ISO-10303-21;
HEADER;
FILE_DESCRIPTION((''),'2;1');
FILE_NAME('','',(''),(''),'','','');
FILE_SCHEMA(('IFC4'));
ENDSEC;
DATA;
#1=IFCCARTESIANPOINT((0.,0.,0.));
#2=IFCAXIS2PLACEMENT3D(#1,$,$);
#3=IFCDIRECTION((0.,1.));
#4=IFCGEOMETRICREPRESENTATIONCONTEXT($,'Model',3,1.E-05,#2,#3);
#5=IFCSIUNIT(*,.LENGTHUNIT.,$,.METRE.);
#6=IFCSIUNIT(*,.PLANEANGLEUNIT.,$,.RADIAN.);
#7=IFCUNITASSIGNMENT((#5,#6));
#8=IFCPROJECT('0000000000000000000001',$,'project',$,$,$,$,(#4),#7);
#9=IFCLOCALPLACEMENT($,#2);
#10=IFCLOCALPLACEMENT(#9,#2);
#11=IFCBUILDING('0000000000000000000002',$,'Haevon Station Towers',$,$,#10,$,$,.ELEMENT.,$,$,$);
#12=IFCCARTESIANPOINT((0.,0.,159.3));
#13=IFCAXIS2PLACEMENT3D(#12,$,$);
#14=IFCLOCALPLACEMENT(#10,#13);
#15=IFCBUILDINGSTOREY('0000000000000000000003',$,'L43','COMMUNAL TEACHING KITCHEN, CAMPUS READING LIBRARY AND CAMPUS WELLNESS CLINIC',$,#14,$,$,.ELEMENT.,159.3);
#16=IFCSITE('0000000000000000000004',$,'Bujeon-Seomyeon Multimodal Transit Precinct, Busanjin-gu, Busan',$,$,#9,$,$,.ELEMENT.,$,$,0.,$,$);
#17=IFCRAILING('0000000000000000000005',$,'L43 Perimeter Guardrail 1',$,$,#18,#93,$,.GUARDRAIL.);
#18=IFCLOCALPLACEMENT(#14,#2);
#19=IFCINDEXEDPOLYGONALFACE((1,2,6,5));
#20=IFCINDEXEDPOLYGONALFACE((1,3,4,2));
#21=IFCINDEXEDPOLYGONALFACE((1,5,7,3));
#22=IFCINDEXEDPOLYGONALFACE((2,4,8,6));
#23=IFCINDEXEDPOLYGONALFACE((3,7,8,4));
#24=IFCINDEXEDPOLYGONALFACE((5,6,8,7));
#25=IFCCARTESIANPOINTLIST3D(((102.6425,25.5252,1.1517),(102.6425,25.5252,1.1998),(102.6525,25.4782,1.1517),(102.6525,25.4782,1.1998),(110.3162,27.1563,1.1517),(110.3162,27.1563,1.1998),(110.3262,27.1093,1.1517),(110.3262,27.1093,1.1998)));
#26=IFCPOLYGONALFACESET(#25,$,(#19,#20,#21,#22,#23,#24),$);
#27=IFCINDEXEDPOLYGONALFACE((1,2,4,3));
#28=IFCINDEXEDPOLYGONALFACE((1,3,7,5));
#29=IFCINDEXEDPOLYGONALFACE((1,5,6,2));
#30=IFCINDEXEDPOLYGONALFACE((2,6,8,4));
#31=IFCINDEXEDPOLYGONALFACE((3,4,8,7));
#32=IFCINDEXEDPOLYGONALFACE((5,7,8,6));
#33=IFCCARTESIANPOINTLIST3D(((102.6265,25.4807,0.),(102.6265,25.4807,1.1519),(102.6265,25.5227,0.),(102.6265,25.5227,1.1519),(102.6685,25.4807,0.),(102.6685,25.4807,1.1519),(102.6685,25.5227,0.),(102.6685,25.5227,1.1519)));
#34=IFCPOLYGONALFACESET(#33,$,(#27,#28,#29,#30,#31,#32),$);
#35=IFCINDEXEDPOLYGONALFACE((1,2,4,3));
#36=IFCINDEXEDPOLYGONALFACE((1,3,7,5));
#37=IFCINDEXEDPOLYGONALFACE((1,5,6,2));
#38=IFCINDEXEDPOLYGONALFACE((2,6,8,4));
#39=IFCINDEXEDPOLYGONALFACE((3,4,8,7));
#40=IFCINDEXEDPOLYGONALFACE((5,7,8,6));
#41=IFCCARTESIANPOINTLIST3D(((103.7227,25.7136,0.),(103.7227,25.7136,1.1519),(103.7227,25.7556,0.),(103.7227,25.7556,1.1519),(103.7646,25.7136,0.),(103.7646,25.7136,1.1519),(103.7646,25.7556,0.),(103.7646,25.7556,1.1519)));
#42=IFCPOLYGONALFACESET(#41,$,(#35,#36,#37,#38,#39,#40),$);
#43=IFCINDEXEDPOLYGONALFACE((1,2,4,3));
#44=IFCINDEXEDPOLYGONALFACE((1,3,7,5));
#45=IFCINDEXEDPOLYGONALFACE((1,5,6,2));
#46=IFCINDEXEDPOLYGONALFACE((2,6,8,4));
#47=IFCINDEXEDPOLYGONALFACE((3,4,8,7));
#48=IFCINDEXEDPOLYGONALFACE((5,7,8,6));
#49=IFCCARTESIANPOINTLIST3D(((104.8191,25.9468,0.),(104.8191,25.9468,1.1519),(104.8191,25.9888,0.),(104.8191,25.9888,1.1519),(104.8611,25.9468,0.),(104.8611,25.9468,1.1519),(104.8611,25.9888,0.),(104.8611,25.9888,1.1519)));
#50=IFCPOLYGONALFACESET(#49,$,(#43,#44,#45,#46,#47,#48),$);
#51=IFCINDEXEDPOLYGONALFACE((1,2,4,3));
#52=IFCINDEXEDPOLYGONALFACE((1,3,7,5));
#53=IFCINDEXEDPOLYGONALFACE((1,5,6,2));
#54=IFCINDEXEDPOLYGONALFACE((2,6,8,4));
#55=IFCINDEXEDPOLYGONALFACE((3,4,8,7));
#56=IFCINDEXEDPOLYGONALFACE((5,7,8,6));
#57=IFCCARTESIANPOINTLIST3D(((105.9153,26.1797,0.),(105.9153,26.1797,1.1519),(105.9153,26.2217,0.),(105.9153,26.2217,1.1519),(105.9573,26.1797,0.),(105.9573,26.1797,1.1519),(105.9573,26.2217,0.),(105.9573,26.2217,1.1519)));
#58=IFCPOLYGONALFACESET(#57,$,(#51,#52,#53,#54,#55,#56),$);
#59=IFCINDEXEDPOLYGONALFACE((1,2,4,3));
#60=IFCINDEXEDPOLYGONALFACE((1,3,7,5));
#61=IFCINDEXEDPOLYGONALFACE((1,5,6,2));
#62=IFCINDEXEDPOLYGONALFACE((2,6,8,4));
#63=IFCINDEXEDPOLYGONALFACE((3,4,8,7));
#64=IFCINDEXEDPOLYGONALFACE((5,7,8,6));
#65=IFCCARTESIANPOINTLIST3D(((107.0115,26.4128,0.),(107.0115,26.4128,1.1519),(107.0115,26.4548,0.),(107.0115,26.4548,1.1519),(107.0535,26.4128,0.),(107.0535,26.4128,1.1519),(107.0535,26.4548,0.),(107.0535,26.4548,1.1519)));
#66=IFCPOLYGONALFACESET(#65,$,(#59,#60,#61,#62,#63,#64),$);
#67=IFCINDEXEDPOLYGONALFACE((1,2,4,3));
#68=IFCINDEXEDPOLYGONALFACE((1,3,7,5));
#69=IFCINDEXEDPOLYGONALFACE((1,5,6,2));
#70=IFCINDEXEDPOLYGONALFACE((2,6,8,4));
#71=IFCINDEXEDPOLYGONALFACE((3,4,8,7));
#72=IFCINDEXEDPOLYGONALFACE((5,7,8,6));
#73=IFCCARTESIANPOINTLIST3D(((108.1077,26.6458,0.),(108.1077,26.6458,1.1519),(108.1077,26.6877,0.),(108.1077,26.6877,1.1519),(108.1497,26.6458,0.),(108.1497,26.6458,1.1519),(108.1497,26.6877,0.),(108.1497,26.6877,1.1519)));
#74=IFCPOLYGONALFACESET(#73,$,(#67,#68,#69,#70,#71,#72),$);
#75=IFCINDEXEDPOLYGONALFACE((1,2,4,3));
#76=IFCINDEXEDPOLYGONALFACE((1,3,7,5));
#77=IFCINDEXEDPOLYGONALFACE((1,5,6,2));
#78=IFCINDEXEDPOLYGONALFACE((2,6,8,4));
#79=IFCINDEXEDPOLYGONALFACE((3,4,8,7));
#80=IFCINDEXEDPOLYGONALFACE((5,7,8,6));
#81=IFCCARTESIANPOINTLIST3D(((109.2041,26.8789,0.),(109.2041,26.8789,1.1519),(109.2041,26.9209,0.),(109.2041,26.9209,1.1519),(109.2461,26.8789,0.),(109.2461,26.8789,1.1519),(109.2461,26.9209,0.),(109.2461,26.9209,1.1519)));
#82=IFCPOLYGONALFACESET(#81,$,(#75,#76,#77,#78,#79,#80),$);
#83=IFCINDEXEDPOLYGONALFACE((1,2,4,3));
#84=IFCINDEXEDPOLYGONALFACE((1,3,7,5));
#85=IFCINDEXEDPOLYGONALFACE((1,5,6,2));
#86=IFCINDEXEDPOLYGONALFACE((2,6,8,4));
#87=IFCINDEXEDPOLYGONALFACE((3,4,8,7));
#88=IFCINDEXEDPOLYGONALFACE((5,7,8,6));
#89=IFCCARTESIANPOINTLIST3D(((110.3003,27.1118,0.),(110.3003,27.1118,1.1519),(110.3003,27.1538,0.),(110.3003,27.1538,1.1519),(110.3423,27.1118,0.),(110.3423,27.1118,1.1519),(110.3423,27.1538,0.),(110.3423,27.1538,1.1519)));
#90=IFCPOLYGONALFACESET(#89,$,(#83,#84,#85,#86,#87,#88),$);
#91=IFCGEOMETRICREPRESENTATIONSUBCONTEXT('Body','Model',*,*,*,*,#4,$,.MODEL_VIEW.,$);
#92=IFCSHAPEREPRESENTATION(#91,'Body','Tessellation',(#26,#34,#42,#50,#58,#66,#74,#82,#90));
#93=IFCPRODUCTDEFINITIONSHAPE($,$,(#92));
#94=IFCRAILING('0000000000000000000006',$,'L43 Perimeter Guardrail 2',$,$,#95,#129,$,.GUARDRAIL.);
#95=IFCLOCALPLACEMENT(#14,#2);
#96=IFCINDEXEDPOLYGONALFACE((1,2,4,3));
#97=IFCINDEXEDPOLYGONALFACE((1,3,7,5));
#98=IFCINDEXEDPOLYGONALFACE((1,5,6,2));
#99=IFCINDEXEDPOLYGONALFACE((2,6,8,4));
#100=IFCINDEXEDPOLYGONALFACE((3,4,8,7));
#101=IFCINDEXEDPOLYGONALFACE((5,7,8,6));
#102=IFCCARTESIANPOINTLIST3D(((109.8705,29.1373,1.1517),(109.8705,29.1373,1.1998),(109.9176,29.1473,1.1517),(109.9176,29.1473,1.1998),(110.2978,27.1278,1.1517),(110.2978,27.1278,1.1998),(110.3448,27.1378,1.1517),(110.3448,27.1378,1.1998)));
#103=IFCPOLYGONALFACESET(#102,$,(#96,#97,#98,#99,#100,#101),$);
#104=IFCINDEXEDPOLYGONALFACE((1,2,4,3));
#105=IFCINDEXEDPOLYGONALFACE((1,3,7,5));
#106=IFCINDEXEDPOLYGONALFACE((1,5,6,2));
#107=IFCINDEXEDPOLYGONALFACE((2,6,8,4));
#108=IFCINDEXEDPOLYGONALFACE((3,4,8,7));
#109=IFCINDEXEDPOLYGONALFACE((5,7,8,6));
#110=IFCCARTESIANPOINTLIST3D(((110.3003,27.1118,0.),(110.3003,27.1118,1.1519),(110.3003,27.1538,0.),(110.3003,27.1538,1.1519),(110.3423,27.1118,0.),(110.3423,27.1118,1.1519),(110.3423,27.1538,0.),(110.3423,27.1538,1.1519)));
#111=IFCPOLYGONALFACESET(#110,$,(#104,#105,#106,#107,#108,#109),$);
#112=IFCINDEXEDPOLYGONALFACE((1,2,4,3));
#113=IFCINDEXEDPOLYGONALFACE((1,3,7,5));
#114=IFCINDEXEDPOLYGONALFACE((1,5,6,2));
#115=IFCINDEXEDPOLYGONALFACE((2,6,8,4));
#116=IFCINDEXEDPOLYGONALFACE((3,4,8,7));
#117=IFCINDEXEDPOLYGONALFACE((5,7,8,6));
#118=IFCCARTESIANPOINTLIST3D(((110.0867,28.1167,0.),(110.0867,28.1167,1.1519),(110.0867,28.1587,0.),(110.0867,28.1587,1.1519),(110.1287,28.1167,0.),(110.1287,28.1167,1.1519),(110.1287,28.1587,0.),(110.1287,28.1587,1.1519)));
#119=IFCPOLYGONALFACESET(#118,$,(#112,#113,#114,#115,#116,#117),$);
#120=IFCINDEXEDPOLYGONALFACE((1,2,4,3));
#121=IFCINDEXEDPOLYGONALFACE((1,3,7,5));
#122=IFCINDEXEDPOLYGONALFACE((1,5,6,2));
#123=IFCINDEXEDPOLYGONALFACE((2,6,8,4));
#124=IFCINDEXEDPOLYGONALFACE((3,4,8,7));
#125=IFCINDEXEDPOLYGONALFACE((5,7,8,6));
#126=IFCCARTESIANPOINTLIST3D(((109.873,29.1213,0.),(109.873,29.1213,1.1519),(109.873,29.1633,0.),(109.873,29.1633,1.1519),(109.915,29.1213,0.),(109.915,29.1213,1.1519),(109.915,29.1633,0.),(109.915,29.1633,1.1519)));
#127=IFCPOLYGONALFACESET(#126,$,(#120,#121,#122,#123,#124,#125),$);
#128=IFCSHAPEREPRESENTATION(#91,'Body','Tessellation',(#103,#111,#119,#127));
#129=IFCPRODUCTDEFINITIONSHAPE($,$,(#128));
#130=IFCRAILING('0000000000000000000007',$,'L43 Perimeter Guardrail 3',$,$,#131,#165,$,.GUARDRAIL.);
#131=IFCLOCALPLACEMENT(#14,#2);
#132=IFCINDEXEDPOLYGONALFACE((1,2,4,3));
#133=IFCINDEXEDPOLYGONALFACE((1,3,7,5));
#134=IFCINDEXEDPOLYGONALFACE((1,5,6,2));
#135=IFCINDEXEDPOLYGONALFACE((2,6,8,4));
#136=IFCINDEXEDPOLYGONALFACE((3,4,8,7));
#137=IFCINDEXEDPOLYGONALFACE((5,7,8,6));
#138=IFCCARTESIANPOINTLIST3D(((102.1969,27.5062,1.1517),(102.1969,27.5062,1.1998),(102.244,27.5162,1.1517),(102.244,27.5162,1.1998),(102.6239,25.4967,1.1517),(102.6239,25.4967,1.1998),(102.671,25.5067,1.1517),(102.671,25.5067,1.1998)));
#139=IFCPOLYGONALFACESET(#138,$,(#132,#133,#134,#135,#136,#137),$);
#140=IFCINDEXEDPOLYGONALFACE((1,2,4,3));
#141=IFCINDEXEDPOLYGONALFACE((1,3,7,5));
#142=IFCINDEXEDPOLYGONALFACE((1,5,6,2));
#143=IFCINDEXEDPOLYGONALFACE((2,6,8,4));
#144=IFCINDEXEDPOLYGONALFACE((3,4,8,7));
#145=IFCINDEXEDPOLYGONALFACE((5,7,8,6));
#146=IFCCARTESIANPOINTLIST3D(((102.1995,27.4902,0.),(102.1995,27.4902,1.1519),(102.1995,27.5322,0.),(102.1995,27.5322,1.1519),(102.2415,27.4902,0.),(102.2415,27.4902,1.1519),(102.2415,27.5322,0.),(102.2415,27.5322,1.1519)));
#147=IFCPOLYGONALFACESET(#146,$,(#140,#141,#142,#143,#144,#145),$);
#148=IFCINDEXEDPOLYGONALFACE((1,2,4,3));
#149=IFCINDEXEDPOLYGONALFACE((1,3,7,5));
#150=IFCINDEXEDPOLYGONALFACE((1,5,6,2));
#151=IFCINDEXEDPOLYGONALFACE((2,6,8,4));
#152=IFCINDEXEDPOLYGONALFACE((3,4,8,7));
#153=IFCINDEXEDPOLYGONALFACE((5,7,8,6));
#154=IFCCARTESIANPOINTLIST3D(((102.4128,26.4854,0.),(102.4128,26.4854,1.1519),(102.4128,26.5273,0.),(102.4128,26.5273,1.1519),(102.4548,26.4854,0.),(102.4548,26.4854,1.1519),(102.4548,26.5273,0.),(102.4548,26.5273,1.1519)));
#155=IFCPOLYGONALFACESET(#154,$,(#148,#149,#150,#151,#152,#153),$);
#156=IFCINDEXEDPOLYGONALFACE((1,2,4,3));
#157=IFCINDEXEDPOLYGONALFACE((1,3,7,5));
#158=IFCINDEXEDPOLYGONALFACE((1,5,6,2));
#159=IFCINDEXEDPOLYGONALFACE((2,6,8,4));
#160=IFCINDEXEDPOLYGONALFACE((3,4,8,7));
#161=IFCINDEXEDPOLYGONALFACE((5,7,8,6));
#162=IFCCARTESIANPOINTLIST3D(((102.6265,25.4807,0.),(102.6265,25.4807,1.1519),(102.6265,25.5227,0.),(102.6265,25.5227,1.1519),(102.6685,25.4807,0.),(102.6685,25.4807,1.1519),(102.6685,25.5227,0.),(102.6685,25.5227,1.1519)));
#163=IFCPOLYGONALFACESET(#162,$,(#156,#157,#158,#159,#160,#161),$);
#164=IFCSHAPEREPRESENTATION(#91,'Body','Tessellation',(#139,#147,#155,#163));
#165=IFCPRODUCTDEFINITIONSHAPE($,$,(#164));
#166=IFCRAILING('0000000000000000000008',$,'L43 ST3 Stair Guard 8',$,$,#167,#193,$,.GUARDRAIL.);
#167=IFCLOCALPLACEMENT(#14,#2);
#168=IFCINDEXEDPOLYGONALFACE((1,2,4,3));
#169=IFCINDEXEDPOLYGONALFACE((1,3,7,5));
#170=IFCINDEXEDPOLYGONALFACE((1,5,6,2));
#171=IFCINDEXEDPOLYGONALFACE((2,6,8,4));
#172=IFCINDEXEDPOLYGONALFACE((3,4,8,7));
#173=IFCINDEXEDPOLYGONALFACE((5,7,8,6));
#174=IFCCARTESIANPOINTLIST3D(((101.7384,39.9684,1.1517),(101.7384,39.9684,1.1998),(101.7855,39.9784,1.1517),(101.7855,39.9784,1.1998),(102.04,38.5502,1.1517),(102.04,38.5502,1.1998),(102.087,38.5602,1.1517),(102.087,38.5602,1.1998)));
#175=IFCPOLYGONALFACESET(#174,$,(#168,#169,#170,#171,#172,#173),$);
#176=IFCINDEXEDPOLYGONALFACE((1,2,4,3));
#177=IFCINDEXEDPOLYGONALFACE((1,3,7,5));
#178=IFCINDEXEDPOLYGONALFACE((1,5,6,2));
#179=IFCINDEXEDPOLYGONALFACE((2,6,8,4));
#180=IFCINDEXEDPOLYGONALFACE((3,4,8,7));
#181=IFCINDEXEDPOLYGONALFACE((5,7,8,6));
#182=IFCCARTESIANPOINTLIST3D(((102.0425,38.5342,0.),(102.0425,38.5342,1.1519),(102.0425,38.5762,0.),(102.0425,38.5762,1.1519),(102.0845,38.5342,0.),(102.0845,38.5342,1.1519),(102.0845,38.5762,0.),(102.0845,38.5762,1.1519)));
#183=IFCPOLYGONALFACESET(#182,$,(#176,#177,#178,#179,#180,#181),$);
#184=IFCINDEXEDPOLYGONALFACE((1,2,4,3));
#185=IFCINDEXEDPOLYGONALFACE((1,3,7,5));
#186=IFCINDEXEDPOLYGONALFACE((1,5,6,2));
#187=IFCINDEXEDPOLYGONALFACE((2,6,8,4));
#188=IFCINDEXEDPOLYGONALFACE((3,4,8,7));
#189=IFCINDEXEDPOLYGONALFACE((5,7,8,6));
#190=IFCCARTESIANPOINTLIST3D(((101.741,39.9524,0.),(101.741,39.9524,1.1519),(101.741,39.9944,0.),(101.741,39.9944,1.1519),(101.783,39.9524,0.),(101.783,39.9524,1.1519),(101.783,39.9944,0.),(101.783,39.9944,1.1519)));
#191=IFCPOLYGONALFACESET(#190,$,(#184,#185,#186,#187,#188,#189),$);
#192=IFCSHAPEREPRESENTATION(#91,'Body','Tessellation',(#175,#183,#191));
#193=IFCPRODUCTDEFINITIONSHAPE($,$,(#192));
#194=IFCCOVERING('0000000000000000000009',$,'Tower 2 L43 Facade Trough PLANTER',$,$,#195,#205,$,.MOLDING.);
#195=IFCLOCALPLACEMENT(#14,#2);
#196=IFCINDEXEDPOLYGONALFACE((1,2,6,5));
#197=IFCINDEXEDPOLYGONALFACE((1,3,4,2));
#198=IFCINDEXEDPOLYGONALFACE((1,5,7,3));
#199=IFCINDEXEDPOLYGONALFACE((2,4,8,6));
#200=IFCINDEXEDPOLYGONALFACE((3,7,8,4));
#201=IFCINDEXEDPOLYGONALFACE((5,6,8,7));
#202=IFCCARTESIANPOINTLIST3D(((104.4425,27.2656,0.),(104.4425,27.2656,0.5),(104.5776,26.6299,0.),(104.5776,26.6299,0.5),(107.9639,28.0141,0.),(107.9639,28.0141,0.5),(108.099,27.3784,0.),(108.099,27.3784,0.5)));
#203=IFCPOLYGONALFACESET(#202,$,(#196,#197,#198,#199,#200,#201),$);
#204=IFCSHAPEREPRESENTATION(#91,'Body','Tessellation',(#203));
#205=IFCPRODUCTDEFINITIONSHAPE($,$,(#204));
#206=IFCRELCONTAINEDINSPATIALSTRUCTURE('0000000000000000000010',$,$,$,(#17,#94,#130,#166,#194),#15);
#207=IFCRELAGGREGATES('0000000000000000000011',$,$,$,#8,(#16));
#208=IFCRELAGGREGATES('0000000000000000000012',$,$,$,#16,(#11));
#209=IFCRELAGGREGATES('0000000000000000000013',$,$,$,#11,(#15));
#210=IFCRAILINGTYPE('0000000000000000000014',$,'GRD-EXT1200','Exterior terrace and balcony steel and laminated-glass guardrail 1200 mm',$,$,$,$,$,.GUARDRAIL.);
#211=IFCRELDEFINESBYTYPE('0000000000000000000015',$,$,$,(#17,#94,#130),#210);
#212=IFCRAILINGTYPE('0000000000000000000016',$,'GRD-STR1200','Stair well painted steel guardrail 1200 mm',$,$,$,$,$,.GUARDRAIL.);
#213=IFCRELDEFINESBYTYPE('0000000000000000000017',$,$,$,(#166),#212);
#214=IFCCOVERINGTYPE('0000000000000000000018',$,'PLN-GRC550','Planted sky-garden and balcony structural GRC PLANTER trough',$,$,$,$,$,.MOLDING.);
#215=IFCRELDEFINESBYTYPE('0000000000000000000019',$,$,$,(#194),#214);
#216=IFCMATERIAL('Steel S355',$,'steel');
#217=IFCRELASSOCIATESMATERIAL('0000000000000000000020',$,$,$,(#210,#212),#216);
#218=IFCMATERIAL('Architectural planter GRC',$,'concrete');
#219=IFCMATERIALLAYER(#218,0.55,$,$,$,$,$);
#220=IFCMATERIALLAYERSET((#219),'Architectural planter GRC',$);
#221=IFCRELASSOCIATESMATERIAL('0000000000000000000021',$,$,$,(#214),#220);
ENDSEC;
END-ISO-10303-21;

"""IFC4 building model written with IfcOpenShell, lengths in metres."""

from ifc_helpers import new_model, si_unit, direction, frame, origin, origin_2d, place, context, subcontext, project, spatial, rectangle, extrude, material, layer, layer_set, type_object, element, save


model = new_model("IFC4")

# Units and contexts
model_context = context("Model", 3, precision=1e-05, world=origin(), true_north=direction((0.0, 1.0)))
body_context = subcontext(model_context, "Body", "Model", "MODEL_VIEW")
ifc_project = project(units=[si_unit("LENGTHUNIT", "METRE"), si_unit("PLANEANGLEUNIT", "RADIAN")], contexts=[model_context])

# Site, building, storey
site_placement = place(None, origin())
site = spatial("IfcSite", under=ifc_project, at=site_placement, Name="Bujeon-Seomyeon Multimodal Transit Precinct, Busanjin-gu, Busan", CompositionType="ELEMENT", RefElevation=0.0)
building_placement = place(site_placement, origin())
building = spatial("IfcBuilding", under=site, at=building_placement, Name="Haevon Station Towers", CompositionType="ELEMENT")
storey_placement = place(building_placement, frame((0.0, 0.0, 159.3)))
storey = spatial("IfcBuildingStorey", under=building, at=storey_placement, Name="L43", Description="COMMUNAL TEACHING KITCHEN, CAMPUS READING LIBRARY AND CAMPUS WELLNESS CLINIC", CompositionType="ELEMENT", Elevation=159.3)

# Shared definitions
ifc_material_1 = material(Name="Steel S355", Category="steel")

# Railings
railing_type_1 = type_object("IfcRailingType", Name="GRD-EXT1200", Description="Exterior terrace and balcony steel and laminated-glass guardrail 1200 mm", PredefinedType="GUARDRAIL", material=ifc_material_1)
railing_1_placement = place(storey_placement, frame((102.6475, 25.5017, 0.0)))
element("IfcRailing", 1, at=railing_1_placement, inside=storey, type_object=railing_type_1, Name="L43 Perimeter Guardrail 1", PredefinedType="GUARDRAIL", context=body_context, shape_type="SweptSolid", body=[
    extrude(rectangle(XDim=0.0481, YDim=0.0481, at=origin_2d()), frame((0.0, 0.0, 1.1758), z_axis=(0.978148, 0.207909, 0.0), x_axis=(-0.207909, 0.978148, 0.0)), (0.0, 0.0, 1.0), 7.8452),
    extrude(rectangle(XDim=0.042, YDim=0.042, at=origin_2d()), origin(), (0.0, 0.0, 1.0), 1.1519),
    extrude(rectangle(XDim=0.042, YDim=0.042, at=origin_2d()), frame((1.0962, 0.2329, 0.0)), (0.0, 0.0, 1.0), 1.1519),
    extrude(rectangle(XDim=0.042, YDim=0.042, at=origin_2d()), frame((2.1926, 0.4661, 0.0)), (0.0, 0.0, 1.0), 1.1519),
    extrude(rectangle(XDim=0.042, YDim=0.042, at=origin_2d()), frame((3.2888, 0.699, 0.0)), (0.0, 0.0, 1.0), 1.1519),
    extrude(rectangle(XDim=0.042, YDim=0.042, at=origin_2d()), frame((4.385, 0.9321, 0.0)), (0.0, 0.0, 1.0), 1.1519),
    extrude(rectangle(XDim=0.042, YDim=0.042, at=origin_2d()), frame((5.4812, 1.165, 0.0)), (0.0, 0.0, 1.0), 1.1519),
    extrude(rectangle(XDim=0.042, YDim=0.042, at=origin_2d()), frame((6.5776, 1.3982, 0.0)), (0.0, 0.0, 1.0), 1.1519),
    extrude(rectangle(XDim=0.042, YDim=0.042, at=origin_2d()), frame((7.6738, 1.6311, 0.0)), (0.0, 0.0, 1.0), 1.1519),
])
railing_2_placement = place(storey_placement, frame((110.3213, 27.1328, 0.0)))
element("IfcRailing", 2, at=railing_2_placement, inside=storey, type_object=railing_type_1, Name="L43 Perimeter Guardrail 2", PredefinedType="GUARDRAIL", context=body_context, shape_type="SweptSolid", body=[
    extrude(rectangle(XDim=0.0481, YDim=0.0481, at=origin_2d()), frame((0.0, 0.0, 1.1758), z_axis=(-0.207963, 0.978137, 0.0), x_axis=(-0.978137, -0.207963, 0.0)), (0.0, 0.0, 1.0), 2.0544),
    extrude(rectangle(XDim=0.042, YDim=0.042, at=origin_2d()), origin(), (0.0, 0.0, 1.0), 1.1519),
    extrude(rectangle(XDim=0.042, YDim=0.042, at=origin_2d()), frame((-0.2136, 1.0049, 0.0)), (0.0, 0.0, 1.0), 1.1519),
    extrude(rectangle(XDim=0.042, YDim=0.042, at=origin_2d()), frame((-0.4272, 2.0095, 0.0)), (0.0, 0.0, 1.0), 1.1519),
])
railing_3_placement = place(storey_placement, frame((102.2205, 27.5112, 0.0)))
element("IfcRailing", 3, at=railing_3_placement, inside=storey, type_object=railing_type_1, Name="L43 Perimeter Guardrail 3", PredefinedType="GUARDRAIL", context=body_context, shape_type="SweptSolid", body=[
    extrude(rectangle(XDim=0.0481, YDim=0.0481, at=origin_2d()), frame((0.0, 0.0, 1.1758), z_axis=(0.207849, -0.978161, 0.0), x_axis=(0.978161, 0.207849, 0.0)), (0.0, 0.0, 1.0), 2.0544),
    extrude(rectangle(XDim=0.042, YDim=0.042, at=origin_2d()), origin(), (0.0, 0.0, 1.0), 1.1519),
    extrude(rectangle(XDim=0.042, YDim=0.042, at=origin_2d()), frame((0.2134, -1.0049, 0.0)), (0.0, 0.0, 1.0), 1.1519),
    extrude(rectangle(XDim=0.042, YDim=0.042, at=origin_2d()), frame((0.427, -2.0095, 0.0)), (0.0, 0.0, 1.0), 1.1519),
])
railing_type_2 = type_object("IfcRailingType", Name="GRD-STR1200", Description="Stair well painted steel guardrail 1200 mm", PredefinedType="GUARDRAIL", material=ifc_material_1)
railing_4_placement = place(storey_placement, frame((102.0635, 38.5552, 0.0)))
element("IfcRailing", 4, at=railing_4_placement, inside=storey, type_object=railing_type_2, Name="L43 ST3 Stair Guard 8", PredefinedType="GUARDRAIL", context=body_context, shape_type="SweptSolid", body=[
    extrude(rectangle(XDim=0.0481, YDim=0.0481, at=origin_2d()), frame((0.0, 0.0, 1.1758), z_axis=(-0.207953, 0.978139, 0.0), x_axis=(-0.978139, -0.207953, 0.0)), (0.0, 0.0, 1.0), 1.45),
    extrude(rectangle(XDim=0.042, YDim=0.042, at=origin_2d()), origin(), (0.0, 0.0, 1.0), 1.1519),
    extrude(rectangle(XDim=0.042, YDim=0.042, at=origin_2d()), frame((-0.3015, 1.4182, 0.0)), (0.0, 0.0, 1.0), 1.1519),
])

# Covering
ifc_material_2 = material(Name="Architectural planter GRC", Category="concrete")
ifc_layer_1 = layer(ifc_material_2, 0.55)
ifc_layer_set_1 = layer_set([ifc_layer_1], Name="Architectural planter GRC")
covering_type = type_object("IfcCoveringType", Name="PLN-GRC550", Description="Planted sky-garden and balcony structural GRC PLANTER trough", PredefinedType="MOLDING", material=ifc_layer_set_1)
covering_placement = place(storey_placement, frame((106.2708, 27.322, 0.0), z_axis=(0.0, 0.0, 1.0), x_axis=(0.978148, 0.207912, 0.0)))
element("IfcCovering", 5, at=covering_placement, inside=storey, type_object=covering_type, Name="Tower 2 L43 Facade Trough PLANTER", PredefinedType="MOLDING", context=body_context, shape_type="SweptSolid", body=[
    extrude(rectangle(XDim=3.6001, YDim=0.6499, at=origin_2d()), origin(), (0.0, 0.0, 1.0), 0.5),
])

save(model, "model.ifc")
